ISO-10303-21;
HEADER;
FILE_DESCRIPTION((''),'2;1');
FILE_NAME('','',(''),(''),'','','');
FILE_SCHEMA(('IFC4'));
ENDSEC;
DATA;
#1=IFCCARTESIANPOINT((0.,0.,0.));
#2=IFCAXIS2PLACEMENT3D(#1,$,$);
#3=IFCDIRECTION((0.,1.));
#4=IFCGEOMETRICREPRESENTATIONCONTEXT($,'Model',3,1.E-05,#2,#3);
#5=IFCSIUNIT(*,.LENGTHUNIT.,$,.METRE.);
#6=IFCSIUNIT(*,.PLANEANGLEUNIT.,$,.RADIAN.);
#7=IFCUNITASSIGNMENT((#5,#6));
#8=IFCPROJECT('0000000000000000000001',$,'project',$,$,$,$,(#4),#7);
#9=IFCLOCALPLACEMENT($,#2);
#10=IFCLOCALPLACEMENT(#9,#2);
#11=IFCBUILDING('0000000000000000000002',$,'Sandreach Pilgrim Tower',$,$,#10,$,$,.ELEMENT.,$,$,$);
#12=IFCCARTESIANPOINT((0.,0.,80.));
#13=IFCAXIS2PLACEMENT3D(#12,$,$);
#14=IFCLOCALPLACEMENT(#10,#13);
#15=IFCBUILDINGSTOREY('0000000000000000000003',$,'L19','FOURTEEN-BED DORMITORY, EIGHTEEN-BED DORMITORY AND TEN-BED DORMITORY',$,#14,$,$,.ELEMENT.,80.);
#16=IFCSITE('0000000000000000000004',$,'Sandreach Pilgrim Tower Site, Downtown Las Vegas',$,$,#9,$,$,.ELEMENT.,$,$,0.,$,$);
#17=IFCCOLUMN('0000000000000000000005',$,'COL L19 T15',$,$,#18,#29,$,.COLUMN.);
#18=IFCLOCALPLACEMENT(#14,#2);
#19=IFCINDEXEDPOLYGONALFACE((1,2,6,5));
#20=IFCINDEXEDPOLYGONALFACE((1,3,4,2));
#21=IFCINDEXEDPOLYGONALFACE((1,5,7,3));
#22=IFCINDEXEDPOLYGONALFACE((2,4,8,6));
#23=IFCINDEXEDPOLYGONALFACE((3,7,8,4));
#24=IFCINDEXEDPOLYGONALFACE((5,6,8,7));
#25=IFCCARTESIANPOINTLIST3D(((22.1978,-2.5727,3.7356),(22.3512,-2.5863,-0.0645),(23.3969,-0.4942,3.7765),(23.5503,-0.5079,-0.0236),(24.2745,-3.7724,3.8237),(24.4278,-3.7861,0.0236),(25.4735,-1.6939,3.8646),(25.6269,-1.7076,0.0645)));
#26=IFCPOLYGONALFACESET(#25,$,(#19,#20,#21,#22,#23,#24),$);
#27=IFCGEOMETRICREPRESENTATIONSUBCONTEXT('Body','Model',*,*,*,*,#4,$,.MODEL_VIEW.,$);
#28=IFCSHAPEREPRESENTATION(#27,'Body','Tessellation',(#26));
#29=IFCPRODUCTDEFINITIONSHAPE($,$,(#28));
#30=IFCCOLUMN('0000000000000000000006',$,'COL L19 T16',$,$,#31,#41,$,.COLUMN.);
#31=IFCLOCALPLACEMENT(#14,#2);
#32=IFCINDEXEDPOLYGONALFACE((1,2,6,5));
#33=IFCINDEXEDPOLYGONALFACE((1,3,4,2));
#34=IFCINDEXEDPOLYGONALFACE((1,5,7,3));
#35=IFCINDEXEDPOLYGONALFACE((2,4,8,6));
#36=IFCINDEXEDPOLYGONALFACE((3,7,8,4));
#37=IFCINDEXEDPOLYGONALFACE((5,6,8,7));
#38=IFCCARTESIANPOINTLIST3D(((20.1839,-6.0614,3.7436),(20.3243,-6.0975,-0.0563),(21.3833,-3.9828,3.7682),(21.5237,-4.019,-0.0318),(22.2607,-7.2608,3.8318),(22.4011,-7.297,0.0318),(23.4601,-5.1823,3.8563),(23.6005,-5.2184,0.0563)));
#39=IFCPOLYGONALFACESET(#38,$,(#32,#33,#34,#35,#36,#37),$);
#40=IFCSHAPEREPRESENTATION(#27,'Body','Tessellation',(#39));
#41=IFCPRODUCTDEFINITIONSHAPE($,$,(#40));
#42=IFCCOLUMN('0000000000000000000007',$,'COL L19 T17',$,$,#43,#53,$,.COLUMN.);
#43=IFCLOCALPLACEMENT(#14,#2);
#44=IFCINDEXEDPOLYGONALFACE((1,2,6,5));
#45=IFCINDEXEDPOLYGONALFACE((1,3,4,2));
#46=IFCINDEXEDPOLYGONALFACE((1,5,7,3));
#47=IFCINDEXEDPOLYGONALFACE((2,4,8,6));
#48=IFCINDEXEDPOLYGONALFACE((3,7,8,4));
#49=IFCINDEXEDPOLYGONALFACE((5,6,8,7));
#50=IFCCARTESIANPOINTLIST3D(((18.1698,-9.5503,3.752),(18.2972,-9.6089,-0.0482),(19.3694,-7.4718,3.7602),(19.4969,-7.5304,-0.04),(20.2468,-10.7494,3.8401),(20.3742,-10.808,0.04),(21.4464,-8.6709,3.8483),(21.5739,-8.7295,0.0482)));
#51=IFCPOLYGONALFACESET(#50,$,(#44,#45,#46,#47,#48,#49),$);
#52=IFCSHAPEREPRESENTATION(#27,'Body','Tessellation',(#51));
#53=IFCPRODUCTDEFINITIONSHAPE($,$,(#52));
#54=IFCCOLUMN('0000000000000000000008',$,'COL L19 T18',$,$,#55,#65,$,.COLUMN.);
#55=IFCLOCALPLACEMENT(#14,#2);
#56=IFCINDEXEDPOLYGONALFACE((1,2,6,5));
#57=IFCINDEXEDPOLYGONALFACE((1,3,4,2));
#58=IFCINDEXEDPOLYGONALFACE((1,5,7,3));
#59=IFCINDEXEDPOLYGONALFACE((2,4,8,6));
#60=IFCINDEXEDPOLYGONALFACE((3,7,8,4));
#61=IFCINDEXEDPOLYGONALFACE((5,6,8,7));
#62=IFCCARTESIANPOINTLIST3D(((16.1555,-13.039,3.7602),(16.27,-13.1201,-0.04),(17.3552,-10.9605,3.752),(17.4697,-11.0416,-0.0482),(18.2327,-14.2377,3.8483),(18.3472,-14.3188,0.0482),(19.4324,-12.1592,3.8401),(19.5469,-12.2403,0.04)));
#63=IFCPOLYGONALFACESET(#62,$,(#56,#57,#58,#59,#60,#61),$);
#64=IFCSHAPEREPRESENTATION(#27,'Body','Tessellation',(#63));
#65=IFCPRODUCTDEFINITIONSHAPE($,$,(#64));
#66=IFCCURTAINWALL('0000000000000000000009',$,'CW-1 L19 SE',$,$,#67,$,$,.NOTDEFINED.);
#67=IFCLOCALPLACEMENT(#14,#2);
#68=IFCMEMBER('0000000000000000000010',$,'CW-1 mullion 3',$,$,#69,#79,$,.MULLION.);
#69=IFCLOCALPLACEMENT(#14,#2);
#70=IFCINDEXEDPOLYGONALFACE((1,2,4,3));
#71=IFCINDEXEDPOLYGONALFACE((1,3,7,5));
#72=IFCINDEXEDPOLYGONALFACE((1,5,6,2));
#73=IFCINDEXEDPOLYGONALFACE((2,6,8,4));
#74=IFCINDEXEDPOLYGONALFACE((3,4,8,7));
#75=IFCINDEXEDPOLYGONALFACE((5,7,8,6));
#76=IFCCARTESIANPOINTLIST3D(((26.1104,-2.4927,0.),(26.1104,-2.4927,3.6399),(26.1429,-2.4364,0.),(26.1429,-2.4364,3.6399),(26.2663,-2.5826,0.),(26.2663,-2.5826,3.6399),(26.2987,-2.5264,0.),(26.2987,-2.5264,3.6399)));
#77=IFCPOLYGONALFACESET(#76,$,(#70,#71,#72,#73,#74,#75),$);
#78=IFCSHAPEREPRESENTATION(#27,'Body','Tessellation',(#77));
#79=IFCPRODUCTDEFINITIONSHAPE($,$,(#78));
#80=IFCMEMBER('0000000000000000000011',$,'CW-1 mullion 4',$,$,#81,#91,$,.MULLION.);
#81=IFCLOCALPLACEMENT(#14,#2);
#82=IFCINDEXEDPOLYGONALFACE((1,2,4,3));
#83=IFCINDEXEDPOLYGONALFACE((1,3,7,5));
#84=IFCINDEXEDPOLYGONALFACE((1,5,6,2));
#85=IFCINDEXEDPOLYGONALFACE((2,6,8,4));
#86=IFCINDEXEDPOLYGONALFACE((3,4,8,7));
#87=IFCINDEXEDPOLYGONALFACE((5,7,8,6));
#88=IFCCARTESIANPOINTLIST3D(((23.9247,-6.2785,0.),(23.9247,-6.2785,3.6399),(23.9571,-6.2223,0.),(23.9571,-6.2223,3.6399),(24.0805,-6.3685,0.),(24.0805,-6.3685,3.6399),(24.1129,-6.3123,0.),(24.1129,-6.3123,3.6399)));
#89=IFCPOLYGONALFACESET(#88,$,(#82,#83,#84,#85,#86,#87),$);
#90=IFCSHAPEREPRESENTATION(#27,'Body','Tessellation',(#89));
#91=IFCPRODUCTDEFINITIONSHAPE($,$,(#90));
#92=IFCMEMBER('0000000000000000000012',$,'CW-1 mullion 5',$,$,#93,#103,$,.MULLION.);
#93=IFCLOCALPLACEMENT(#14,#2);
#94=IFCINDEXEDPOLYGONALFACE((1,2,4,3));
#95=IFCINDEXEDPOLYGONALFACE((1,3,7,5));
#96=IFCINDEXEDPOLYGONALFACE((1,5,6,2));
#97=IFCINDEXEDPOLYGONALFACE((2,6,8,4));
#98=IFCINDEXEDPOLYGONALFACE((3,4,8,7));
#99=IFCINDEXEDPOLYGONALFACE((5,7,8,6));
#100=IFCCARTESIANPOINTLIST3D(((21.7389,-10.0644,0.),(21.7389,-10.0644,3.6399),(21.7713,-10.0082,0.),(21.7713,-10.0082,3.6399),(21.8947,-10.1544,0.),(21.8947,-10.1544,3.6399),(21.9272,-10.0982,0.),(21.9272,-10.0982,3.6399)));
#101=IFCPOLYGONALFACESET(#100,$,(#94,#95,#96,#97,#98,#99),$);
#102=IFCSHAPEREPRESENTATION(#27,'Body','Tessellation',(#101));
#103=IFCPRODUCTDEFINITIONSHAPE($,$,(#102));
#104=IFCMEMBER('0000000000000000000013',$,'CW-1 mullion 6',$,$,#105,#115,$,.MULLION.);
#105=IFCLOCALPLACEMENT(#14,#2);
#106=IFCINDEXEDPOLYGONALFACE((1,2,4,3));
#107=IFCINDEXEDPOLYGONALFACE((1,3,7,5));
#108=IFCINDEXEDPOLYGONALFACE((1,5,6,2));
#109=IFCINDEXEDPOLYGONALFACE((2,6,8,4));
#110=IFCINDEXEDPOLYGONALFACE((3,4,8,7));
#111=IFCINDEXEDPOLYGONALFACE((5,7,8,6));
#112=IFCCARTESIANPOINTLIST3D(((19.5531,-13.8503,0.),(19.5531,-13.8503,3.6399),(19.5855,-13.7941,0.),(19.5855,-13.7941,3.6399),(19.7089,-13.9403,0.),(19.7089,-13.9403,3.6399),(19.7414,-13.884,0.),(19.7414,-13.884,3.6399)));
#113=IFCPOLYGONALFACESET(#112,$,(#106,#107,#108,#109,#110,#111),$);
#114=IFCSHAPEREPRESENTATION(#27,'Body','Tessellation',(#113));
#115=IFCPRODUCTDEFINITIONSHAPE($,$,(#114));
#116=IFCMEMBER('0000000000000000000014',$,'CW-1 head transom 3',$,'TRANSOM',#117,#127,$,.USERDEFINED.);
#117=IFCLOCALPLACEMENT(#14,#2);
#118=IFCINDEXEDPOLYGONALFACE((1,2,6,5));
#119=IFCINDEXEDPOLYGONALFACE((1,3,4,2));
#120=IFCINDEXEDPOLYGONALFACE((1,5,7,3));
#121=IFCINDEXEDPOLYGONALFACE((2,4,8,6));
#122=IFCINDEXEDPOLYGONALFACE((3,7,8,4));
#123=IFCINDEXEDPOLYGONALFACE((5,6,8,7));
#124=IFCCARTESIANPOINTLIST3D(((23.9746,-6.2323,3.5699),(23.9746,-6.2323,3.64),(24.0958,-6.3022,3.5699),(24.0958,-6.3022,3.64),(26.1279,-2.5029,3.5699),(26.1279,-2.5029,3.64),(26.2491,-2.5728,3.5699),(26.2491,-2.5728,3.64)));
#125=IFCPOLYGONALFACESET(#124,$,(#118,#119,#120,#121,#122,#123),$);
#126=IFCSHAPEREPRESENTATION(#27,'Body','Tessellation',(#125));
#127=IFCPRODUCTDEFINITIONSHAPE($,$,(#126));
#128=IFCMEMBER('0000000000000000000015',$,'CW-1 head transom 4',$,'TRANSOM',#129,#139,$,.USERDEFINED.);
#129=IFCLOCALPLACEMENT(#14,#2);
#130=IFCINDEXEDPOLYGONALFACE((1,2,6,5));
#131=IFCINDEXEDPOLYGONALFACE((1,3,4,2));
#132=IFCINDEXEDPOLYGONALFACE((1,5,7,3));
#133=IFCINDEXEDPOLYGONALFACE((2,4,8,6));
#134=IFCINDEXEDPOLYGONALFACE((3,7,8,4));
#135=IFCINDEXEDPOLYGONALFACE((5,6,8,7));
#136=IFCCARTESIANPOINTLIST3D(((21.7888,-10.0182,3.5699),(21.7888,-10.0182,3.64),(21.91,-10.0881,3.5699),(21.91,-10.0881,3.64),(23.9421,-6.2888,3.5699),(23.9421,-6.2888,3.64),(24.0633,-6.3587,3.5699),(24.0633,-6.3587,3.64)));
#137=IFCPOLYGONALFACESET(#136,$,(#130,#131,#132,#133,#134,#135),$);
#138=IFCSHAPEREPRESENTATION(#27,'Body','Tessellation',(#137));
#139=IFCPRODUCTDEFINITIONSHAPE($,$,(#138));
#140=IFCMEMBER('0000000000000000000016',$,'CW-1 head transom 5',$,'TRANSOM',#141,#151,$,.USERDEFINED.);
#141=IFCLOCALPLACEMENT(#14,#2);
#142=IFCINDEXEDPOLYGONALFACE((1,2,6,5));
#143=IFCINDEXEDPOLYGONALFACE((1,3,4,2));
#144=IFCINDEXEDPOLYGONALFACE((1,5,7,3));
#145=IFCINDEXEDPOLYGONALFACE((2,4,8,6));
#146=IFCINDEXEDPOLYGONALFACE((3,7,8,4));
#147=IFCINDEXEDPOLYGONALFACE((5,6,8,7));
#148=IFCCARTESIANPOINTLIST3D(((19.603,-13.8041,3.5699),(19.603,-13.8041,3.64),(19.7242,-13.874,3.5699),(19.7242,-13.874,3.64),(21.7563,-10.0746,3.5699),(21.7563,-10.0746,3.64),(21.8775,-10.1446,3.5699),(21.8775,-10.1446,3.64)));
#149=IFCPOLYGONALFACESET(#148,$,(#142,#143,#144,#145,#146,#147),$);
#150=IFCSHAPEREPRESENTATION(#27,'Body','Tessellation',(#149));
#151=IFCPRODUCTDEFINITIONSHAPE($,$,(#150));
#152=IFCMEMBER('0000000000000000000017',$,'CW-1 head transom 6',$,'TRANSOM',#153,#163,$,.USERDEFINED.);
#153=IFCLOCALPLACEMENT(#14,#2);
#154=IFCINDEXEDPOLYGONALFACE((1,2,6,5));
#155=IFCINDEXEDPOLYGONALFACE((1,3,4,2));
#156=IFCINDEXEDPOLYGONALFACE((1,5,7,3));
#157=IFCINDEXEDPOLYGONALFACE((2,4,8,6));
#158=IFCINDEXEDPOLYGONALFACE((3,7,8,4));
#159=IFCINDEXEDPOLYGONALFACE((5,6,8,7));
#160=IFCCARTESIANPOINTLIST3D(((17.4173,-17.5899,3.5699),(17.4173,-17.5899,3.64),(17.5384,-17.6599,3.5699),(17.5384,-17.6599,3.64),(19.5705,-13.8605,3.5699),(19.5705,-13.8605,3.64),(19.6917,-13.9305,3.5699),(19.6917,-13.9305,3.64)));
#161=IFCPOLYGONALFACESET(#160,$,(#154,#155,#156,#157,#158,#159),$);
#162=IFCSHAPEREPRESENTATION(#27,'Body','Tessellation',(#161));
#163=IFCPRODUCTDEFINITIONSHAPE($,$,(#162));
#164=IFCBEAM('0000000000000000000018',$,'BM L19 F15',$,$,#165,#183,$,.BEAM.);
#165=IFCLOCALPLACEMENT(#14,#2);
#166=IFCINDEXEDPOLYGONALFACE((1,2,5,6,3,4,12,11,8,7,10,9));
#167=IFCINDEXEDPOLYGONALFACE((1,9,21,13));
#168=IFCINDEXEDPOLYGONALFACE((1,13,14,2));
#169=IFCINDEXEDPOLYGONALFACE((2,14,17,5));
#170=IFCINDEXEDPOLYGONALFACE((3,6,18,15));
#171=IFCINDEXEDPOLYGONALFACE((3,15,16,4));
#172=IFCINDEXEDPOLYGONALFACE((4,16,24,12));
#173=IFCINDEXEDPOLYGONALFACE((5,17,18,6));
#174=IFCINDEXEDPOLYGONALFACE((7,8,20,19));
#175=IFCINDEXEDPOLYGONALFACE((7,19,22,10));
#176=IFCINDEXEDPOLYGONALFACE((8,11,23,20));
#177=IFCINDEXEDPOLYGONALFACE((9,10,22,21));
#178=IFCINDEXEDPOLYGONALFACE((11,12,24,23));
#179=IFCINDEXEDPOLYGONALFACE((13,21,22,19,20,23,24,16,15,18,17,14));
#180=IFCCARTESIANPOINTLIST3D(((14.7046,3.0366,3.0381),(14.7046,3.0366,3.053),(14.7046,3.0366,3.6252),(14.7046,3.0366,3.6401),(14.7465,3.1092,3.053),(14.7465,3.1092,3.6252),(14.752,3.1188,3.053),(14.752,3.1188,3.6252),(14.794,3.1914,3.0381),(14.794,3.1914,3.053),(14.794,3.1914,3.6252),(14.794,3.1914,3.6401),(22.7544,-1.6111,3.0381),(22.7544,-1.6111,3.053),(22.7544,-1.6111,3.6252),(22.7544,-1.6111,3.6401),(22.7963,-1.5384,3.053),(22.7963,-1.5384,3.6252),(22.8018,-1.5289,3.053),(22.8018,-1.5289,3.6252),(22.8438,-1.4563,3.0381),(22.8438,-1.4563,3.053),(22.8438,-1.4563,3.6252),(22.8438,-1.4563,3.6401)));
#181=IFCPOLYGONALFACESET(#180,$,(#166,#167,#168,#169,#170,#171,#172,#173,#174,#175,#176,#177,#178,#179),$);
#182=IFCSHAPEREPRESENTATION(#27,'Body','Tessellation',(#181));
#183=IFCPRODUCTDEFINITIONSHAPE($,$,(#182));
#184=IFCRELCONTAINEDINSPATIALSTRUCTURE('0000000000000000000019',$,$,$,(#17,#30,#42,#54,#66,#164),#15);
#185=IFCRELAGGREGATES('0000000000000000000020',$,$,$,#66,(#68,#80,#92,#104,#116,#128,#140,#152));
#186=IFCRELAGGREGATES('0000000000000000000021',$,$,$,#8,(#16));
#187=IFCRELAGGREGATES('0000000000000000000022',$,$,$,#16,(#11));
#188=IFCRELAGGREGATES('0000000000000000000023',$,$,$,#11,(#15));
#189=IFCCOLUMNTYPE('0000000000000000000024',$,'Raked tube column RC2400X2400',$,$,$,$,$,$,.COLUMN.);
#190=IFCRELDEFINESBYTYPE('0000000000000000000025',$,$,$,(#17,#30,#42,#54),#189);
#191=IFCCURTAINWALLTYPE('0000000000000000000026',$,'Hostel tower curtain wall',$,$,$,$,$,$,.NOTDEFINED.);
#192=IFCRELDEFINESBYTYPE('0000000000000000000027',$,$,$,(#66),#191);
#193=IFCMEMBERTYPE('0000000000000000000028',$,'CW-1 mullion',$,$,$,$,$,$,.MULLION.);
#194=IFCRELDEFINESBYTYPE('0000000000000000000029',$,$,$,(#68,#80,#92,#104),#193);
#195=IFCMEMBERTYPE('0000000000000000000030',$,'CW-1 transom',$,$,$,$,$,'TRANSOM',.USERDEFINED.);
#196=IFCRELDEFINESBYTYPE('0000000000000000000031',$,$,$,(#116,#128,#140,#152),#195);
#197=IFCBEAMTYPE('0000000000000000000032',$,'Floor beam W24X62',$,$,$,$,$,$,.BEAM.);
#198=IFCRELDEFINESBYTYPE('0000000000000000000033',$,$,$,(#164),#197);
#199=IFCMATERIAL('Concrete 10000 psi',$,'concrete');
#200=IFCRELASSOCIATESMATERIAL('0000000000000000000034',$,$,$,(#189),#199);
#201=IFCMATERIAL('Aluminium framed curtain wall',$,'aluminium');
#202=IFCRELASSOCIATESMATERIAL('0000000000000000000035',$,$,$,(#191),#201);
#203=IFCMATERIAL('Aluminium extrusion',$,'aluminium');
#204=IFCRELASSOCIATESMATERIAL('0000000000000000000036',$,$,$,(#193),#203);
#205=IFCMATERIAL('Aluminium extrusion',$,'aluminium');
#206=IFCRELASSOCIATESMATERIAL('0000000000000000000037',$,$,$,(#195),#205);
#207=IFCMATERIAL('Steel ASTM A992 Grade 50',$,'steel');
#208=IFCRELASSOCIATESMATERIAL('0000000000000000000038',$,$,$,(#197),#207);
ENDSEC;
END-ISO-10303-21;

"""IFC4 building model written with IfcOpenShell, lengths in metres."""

from ifc_helpers import new_model, si_unit, direction, frame, origin, origin_2d, place, context, subcontext, project, spatial, rectangle, i_section, extrude, material, material_profile, profile_set, type_object, element, aggregate, save


model = new_model("IFC4")

# Units and contexts
model_context = context("Model", 3, precision=1e-05, world=origin(), true_north=direction((0.0, 1.0)))
body_context = subcontext(model_context, "Body", "Model", "MODEL_VIEW")
ifc_project = project(units=[si_unit("LENGTHUNIT", "METRE"), si_unit("PLANEANGLEUNIT", "RADIAN")], contexts=[model_context])

# Site, building, storey
site_placement = place(None, origin())
site = spatial("IfcSite", under=ifc_project, at=site_placement, Name="Sandreach Pilgrim Tower Site, Downtown Las Vegas", CompositionType="ELEMENT", RefElevation=0.0)
building_placement = place(site_placement, origin())
building = spatial("IfcBuilding", under=site, at=building_placement, Name="Sandreach Pilgrim Tower", CompositionType="ELEMENT")
storey_placement = place(building_placement, frame((0.0, 0.0, 80.0)))
storey = spatial("IfcBuildingStorey", under=building, at=storey_placement, Name="L19", Description="FOURTEEN-BED DORMITORY, EIGHTEEN-BED DORMITORY AND TEN-BED DORMITORY", CompositionType="ELEMENT", Elevation=80.0)

# Columns
ifc_material_1 = material(Name="Concrete 10000 psi", Category="concrete")
ifc_material_profile_1 = material_profile(ifc_material_1, rectangle(XDim=2.3999, YDim=2.3999, at=origin_2d()), Name="RC2400X2400")
ifc_profile_set_1 = profile_set([ifc_material_profile_1], Name="Concrete 10000 psi")
column_type = type_object("IfcColumnType", Name="Raked tube column RC2400X2400", PredefinedType="COLUMN", material=ifc_profile_set_1)
column_placement = place(storey_placement, frame((23.989, -2.147, 0.0), z_axis=(-0.040314, 0.003595, 0.999181), x_axis=(0.865292, -0.499922, 0.036711)))
element("IfcColumn", 1, at=column_placement, inside=storey, type_object=column_type, Name="COL L19 T15", PredefinedType="COLUMN", context=body_context, shape_type="SweptSolid", body=[
    extrude(rectangle(XDim=2.3999, YDim=2.3999, at=origin_2d()), origin(), (0.0, 0.0, 1.0), 3.8032),
])
for number, where, z_axis, x_axis, name in (
    (2, (21.9624, -5.658, 0.0), (-0.036915, 0.009502, 0.999273), (0.865363, -0.499798, 0.03672), "COL L19 T16"),
    (3, (19.9355, -9.1692, 0.0), (-0.033514, 0.015409, 0.999319), (0.865448, -0.499651, 0.036729), "COL L19 T17"),
    (4, (17.9084, -12.6802, 0.0), (-0.030111, 0.021315, 0.999319), (0.865558, -0.49946, 0.036734), "COL L19 T18"),
):
    element("IfcColumn", number, at=place(storey_placement, frame(where, z_axis=z_axis, x_axis=x_axis)), inside=storey, type_object=column_type, Name=name, PredefinedType="COLUMN", context=body_context, shape_type="SweptSolid", body=[
        extrude(rectangle(XDim=2.3999, YDim=2.3999, at=origin_2d()), origin(), (0.0, 0.0, 1.0), 3.8027),
    ])

# Curtain wall, members
ifc_material_2 = material(Name="Aluminium framed curtain wall", Category="aluminium")
curtain_wall_type = type_object("IfcCurtainWallType", Name="Hostel tower curtain wall", PredefinedType="NOTDEFINED", material=ifc_material_2)
curtain_wall_placement = place(storey_placement, origin())
curtain_wall = element("IfcCurtainWall", 5, at=curtain_wall_placement, inside=storey, type_object=curtain_wall_type, Name="CW-1 L19 SE", PredefinedType="NOTDEFINED")
ifc_material_3 = material(Name="Aluminium extrusion", Category="aluminium")
ifc_material_profile_2 = material_profile(ifc_material_3, rectangle(XDim=0.0649, YDim=0.1799, at=origin_2d()), Name="CW-1M 65X180")
ifc_profile_set_2 = profile_set([ifc_material_profile_2], Name="Aluminium extrusion")
member_type_1 = type_object("IfcMemberType", Name="CW-1 mullion", PredefinedType="MULLION", material=ifc_profile_set_2)
member_1_placement = place(storey_placement, frame((26.2046, -2.5095, 0.0), z_axis=(0.0, 0.0, 1.0), x_axis=(-0.5, -0.866025, 0.0)))
member_1 = element("IfcMember", 6, at=member_1_placement, type_object=member_type_1, Name="CW-1 mullion 3", PredefinedType="MULLION", context=body_context, shape_type="SweptSolid", body=[
    extrude(rectangle(XDim=0.0649, YDim=0.1799, at=origin_2d()), origin(), (0.0, 0.0, 1.0), 3.6399),
])
member_2_placement = place(storey_placement, frame((24.0188, -6.2954, 0.0), z_axis=(0.0, 0.0, 1.0), x_axis=(-0.5, -0.866025, 0.0)))
member_2 = element("IfcMember", 7, at=member_2_placement, type_object=member_type_1, Name="CW-1 mullion 4", PredefinedType="MULLION", context=body_context, shape_type="SweptSolid", body=[
    extrude(rectangle(XDim=0.0649, YDim=0.1799, at=origin_2d()), origin(), (0.0, 0.0, 1.0), 3.6399),
])
member_3_placement = place(storey_placement, frame((21.833, -10.0813, 0.0), z_axis=(0.0, 0.0, 1.0), x_axis=(-0.5, -0.866025, 0.0)))
member_3 = element("IfcMember", 8, at=member_3_placement, type_object=member_type_1, Name="CW-1 mullion 5", PredefinedType="MULLION", context=body_context, shape_type="SweptSolid", body=[
    extrude(rectangle(XDim=0.0649, YDim=0.1799, at=origin_2d()), origin(), (0.0, 0.0, 1.0), 3.6399),
])
member_4_placement = place(storey_placement, frame((19.6472, -13.8672, 0.0), z_axis=(0.0, 0.0, 1.0), x_axis=(-0.5, -0.866025, 0.0)))
member_4 = element("IfcMember", 9, at=member_4_placement, type_object=member_type_1, Name="CW-1 mullion 6", PredefinedType="MULLION", context=body_context, shape_type="SweptSolid", body=[
    extrude(rectangle(XDim=0.0649, YDim=0.1799, at=origin_2d()), origin(), (0.0, 0.0, 1.0), 3.6399),
])
ifc_material_4 = material(Name="Aluminium extrusion", Category="aluminium")
ifc_material_profile_3 = material_profile(ifc_material_4, rectangle(XDim=0.1399, YDim=0.0701, at=origin_2d()), Name="CW-1T 140X70")
ifc_profile_set_3 = profile_set([ifc_material_profile_3], Name="Aluminium extrusion")
member_type_2 = type_object("IfcMemberType", Name="CW-1 transom", ElementType="TRANSOM", PredefinedType="USERDEFINED", material=ifc_profile_set_3)
member_5_placement = place(storey_placement, frame((26.1885, -2.5378, 3.605), z_axis=(-0.500017, -0.866016, 0.0), x_axis=(0.866016, -0.500017, 0.0)))
member_5 = element("IfcMember", 10, at=member_5_placement, type_object=member_type_2, Name="CW-1 head transom 3", ObjectType="TRANSOM", PredefinedType="USERDEFINED", context=body_context, shape_type="SweptSolid", body=[
    extrude(rectangle(XDim=0.1399, YDim=0.0701, at=origin_2d()), origin(), (0.0, 0.0, 1.0), 4.3064),
])
member_6_placement = place(storey_placement, frame((24.0027, -6.3237, 3.605), z_axis=(-0.500017, -0.866016, 0.0), x_axis=(0.866016, -0.500017, 0.0)))
member_6 = element("IfcMember", 11, at=member_6_placement, type_object=member_type_2, Name="CW-1 head transom 4", ObjectType="TRANSOM", PredefinedType="USERDEFINED", context=body_context, shape_type="SweptSolid", body=[
    extrude(rectangle(XDim=0.1399, YDim=0.0701, at=origin_2d()), origin(), (0.0, 0.0, 1.0), 4.3064),
])
member_7_placement = place(storey_placement, frame((21.8169, -10.1096, 3.605), z_axis=(-0.500017, -0.866016, 0.0), x_axis=(0.866016, -0.500017, 0.0)))
member_7 = element("IfcMember", 12, at=member_7_placement, type_object=member_type_2, Name="CW-1 head transom 5", ObjectType="TRANSOM", PredefinedType="USERDEFINED", context=body_context, shape_type="SweptSolid", body=[
    extrude(rectangle(XDim=0.1399, YDim=0.0701, at=origin_2d()), origin(), (0.0, 0.0, 1.0), 4.3064),
])
member_8_placement = place(storey_placement, frame((19.6311, -13.8955, 3.605), z_axis=(-0.500017, -0.866016, 0.0), x_axis=(0.866016, -0.500017, 0.0)))
member_8 = element("IfcMember", 13, at=member_8_placement, type_object=member_type_2, Name="CW-1 head transom 6", ObjectType="TRANSOM", PredefinedType="USERDEFINED", context=body_context, shape_type="SweptSolid", body=[
    extrude(rectangle(XDim=0.1399, YDim=0.0701, at=origin_2d()), origin(), (0.0, 0.0, 1.0), 4.3064),
])

# Beam
ifc_material_5 = material(Name="Steel ASTM A992 Grade 50", Category="steel")
ifc_material_profile_4 = material_profile(ifc_material_5, i_section(OverallWidth=0.1787, OverallDepth=0.6021, WebThickness=0.011, FlangeThickness=0.0149, at=origin_2d()), Name="W24X62")
ifc_profile_set_4 = profile_set([ifc_material_profile_4], Name="Steel ASTM A992 Grade 50")
beam_type_1 = type_object("IfcBeamType", Name="Floor beam W24X62", PredefinedType="BEAM", material=ifc_profile_set_4)
beam_1_placement = place(storey_placement, frame((22.7991, -1.5337, 3.3391), z_axis=(-0.866019, 0.500012, 0.0), x_axis=(-0.500012, -0.866019, 0.0)))
element("IfcBeam", 14, at=beam_1_placement, inside=storey, type_object=beam_type_1, Name="BM L19 F15", PredefinedType="BEAM", context=body_context, shape_type="SweptSolid", body=[
    extrude(i_section(OverallWidth=0.1787, OverallDepth=0.6021, WebThickness=0.011, FlangeThickness=0.0149, at=origin_2d()), origin(), (0.0, 0.0, 1.0), 9.2952),
])

aggregate(curtain_wall, [member_1, member_2, member_3, member_4, member_5, member_6, member_7, member_8])

save(model, "model.ifc")
